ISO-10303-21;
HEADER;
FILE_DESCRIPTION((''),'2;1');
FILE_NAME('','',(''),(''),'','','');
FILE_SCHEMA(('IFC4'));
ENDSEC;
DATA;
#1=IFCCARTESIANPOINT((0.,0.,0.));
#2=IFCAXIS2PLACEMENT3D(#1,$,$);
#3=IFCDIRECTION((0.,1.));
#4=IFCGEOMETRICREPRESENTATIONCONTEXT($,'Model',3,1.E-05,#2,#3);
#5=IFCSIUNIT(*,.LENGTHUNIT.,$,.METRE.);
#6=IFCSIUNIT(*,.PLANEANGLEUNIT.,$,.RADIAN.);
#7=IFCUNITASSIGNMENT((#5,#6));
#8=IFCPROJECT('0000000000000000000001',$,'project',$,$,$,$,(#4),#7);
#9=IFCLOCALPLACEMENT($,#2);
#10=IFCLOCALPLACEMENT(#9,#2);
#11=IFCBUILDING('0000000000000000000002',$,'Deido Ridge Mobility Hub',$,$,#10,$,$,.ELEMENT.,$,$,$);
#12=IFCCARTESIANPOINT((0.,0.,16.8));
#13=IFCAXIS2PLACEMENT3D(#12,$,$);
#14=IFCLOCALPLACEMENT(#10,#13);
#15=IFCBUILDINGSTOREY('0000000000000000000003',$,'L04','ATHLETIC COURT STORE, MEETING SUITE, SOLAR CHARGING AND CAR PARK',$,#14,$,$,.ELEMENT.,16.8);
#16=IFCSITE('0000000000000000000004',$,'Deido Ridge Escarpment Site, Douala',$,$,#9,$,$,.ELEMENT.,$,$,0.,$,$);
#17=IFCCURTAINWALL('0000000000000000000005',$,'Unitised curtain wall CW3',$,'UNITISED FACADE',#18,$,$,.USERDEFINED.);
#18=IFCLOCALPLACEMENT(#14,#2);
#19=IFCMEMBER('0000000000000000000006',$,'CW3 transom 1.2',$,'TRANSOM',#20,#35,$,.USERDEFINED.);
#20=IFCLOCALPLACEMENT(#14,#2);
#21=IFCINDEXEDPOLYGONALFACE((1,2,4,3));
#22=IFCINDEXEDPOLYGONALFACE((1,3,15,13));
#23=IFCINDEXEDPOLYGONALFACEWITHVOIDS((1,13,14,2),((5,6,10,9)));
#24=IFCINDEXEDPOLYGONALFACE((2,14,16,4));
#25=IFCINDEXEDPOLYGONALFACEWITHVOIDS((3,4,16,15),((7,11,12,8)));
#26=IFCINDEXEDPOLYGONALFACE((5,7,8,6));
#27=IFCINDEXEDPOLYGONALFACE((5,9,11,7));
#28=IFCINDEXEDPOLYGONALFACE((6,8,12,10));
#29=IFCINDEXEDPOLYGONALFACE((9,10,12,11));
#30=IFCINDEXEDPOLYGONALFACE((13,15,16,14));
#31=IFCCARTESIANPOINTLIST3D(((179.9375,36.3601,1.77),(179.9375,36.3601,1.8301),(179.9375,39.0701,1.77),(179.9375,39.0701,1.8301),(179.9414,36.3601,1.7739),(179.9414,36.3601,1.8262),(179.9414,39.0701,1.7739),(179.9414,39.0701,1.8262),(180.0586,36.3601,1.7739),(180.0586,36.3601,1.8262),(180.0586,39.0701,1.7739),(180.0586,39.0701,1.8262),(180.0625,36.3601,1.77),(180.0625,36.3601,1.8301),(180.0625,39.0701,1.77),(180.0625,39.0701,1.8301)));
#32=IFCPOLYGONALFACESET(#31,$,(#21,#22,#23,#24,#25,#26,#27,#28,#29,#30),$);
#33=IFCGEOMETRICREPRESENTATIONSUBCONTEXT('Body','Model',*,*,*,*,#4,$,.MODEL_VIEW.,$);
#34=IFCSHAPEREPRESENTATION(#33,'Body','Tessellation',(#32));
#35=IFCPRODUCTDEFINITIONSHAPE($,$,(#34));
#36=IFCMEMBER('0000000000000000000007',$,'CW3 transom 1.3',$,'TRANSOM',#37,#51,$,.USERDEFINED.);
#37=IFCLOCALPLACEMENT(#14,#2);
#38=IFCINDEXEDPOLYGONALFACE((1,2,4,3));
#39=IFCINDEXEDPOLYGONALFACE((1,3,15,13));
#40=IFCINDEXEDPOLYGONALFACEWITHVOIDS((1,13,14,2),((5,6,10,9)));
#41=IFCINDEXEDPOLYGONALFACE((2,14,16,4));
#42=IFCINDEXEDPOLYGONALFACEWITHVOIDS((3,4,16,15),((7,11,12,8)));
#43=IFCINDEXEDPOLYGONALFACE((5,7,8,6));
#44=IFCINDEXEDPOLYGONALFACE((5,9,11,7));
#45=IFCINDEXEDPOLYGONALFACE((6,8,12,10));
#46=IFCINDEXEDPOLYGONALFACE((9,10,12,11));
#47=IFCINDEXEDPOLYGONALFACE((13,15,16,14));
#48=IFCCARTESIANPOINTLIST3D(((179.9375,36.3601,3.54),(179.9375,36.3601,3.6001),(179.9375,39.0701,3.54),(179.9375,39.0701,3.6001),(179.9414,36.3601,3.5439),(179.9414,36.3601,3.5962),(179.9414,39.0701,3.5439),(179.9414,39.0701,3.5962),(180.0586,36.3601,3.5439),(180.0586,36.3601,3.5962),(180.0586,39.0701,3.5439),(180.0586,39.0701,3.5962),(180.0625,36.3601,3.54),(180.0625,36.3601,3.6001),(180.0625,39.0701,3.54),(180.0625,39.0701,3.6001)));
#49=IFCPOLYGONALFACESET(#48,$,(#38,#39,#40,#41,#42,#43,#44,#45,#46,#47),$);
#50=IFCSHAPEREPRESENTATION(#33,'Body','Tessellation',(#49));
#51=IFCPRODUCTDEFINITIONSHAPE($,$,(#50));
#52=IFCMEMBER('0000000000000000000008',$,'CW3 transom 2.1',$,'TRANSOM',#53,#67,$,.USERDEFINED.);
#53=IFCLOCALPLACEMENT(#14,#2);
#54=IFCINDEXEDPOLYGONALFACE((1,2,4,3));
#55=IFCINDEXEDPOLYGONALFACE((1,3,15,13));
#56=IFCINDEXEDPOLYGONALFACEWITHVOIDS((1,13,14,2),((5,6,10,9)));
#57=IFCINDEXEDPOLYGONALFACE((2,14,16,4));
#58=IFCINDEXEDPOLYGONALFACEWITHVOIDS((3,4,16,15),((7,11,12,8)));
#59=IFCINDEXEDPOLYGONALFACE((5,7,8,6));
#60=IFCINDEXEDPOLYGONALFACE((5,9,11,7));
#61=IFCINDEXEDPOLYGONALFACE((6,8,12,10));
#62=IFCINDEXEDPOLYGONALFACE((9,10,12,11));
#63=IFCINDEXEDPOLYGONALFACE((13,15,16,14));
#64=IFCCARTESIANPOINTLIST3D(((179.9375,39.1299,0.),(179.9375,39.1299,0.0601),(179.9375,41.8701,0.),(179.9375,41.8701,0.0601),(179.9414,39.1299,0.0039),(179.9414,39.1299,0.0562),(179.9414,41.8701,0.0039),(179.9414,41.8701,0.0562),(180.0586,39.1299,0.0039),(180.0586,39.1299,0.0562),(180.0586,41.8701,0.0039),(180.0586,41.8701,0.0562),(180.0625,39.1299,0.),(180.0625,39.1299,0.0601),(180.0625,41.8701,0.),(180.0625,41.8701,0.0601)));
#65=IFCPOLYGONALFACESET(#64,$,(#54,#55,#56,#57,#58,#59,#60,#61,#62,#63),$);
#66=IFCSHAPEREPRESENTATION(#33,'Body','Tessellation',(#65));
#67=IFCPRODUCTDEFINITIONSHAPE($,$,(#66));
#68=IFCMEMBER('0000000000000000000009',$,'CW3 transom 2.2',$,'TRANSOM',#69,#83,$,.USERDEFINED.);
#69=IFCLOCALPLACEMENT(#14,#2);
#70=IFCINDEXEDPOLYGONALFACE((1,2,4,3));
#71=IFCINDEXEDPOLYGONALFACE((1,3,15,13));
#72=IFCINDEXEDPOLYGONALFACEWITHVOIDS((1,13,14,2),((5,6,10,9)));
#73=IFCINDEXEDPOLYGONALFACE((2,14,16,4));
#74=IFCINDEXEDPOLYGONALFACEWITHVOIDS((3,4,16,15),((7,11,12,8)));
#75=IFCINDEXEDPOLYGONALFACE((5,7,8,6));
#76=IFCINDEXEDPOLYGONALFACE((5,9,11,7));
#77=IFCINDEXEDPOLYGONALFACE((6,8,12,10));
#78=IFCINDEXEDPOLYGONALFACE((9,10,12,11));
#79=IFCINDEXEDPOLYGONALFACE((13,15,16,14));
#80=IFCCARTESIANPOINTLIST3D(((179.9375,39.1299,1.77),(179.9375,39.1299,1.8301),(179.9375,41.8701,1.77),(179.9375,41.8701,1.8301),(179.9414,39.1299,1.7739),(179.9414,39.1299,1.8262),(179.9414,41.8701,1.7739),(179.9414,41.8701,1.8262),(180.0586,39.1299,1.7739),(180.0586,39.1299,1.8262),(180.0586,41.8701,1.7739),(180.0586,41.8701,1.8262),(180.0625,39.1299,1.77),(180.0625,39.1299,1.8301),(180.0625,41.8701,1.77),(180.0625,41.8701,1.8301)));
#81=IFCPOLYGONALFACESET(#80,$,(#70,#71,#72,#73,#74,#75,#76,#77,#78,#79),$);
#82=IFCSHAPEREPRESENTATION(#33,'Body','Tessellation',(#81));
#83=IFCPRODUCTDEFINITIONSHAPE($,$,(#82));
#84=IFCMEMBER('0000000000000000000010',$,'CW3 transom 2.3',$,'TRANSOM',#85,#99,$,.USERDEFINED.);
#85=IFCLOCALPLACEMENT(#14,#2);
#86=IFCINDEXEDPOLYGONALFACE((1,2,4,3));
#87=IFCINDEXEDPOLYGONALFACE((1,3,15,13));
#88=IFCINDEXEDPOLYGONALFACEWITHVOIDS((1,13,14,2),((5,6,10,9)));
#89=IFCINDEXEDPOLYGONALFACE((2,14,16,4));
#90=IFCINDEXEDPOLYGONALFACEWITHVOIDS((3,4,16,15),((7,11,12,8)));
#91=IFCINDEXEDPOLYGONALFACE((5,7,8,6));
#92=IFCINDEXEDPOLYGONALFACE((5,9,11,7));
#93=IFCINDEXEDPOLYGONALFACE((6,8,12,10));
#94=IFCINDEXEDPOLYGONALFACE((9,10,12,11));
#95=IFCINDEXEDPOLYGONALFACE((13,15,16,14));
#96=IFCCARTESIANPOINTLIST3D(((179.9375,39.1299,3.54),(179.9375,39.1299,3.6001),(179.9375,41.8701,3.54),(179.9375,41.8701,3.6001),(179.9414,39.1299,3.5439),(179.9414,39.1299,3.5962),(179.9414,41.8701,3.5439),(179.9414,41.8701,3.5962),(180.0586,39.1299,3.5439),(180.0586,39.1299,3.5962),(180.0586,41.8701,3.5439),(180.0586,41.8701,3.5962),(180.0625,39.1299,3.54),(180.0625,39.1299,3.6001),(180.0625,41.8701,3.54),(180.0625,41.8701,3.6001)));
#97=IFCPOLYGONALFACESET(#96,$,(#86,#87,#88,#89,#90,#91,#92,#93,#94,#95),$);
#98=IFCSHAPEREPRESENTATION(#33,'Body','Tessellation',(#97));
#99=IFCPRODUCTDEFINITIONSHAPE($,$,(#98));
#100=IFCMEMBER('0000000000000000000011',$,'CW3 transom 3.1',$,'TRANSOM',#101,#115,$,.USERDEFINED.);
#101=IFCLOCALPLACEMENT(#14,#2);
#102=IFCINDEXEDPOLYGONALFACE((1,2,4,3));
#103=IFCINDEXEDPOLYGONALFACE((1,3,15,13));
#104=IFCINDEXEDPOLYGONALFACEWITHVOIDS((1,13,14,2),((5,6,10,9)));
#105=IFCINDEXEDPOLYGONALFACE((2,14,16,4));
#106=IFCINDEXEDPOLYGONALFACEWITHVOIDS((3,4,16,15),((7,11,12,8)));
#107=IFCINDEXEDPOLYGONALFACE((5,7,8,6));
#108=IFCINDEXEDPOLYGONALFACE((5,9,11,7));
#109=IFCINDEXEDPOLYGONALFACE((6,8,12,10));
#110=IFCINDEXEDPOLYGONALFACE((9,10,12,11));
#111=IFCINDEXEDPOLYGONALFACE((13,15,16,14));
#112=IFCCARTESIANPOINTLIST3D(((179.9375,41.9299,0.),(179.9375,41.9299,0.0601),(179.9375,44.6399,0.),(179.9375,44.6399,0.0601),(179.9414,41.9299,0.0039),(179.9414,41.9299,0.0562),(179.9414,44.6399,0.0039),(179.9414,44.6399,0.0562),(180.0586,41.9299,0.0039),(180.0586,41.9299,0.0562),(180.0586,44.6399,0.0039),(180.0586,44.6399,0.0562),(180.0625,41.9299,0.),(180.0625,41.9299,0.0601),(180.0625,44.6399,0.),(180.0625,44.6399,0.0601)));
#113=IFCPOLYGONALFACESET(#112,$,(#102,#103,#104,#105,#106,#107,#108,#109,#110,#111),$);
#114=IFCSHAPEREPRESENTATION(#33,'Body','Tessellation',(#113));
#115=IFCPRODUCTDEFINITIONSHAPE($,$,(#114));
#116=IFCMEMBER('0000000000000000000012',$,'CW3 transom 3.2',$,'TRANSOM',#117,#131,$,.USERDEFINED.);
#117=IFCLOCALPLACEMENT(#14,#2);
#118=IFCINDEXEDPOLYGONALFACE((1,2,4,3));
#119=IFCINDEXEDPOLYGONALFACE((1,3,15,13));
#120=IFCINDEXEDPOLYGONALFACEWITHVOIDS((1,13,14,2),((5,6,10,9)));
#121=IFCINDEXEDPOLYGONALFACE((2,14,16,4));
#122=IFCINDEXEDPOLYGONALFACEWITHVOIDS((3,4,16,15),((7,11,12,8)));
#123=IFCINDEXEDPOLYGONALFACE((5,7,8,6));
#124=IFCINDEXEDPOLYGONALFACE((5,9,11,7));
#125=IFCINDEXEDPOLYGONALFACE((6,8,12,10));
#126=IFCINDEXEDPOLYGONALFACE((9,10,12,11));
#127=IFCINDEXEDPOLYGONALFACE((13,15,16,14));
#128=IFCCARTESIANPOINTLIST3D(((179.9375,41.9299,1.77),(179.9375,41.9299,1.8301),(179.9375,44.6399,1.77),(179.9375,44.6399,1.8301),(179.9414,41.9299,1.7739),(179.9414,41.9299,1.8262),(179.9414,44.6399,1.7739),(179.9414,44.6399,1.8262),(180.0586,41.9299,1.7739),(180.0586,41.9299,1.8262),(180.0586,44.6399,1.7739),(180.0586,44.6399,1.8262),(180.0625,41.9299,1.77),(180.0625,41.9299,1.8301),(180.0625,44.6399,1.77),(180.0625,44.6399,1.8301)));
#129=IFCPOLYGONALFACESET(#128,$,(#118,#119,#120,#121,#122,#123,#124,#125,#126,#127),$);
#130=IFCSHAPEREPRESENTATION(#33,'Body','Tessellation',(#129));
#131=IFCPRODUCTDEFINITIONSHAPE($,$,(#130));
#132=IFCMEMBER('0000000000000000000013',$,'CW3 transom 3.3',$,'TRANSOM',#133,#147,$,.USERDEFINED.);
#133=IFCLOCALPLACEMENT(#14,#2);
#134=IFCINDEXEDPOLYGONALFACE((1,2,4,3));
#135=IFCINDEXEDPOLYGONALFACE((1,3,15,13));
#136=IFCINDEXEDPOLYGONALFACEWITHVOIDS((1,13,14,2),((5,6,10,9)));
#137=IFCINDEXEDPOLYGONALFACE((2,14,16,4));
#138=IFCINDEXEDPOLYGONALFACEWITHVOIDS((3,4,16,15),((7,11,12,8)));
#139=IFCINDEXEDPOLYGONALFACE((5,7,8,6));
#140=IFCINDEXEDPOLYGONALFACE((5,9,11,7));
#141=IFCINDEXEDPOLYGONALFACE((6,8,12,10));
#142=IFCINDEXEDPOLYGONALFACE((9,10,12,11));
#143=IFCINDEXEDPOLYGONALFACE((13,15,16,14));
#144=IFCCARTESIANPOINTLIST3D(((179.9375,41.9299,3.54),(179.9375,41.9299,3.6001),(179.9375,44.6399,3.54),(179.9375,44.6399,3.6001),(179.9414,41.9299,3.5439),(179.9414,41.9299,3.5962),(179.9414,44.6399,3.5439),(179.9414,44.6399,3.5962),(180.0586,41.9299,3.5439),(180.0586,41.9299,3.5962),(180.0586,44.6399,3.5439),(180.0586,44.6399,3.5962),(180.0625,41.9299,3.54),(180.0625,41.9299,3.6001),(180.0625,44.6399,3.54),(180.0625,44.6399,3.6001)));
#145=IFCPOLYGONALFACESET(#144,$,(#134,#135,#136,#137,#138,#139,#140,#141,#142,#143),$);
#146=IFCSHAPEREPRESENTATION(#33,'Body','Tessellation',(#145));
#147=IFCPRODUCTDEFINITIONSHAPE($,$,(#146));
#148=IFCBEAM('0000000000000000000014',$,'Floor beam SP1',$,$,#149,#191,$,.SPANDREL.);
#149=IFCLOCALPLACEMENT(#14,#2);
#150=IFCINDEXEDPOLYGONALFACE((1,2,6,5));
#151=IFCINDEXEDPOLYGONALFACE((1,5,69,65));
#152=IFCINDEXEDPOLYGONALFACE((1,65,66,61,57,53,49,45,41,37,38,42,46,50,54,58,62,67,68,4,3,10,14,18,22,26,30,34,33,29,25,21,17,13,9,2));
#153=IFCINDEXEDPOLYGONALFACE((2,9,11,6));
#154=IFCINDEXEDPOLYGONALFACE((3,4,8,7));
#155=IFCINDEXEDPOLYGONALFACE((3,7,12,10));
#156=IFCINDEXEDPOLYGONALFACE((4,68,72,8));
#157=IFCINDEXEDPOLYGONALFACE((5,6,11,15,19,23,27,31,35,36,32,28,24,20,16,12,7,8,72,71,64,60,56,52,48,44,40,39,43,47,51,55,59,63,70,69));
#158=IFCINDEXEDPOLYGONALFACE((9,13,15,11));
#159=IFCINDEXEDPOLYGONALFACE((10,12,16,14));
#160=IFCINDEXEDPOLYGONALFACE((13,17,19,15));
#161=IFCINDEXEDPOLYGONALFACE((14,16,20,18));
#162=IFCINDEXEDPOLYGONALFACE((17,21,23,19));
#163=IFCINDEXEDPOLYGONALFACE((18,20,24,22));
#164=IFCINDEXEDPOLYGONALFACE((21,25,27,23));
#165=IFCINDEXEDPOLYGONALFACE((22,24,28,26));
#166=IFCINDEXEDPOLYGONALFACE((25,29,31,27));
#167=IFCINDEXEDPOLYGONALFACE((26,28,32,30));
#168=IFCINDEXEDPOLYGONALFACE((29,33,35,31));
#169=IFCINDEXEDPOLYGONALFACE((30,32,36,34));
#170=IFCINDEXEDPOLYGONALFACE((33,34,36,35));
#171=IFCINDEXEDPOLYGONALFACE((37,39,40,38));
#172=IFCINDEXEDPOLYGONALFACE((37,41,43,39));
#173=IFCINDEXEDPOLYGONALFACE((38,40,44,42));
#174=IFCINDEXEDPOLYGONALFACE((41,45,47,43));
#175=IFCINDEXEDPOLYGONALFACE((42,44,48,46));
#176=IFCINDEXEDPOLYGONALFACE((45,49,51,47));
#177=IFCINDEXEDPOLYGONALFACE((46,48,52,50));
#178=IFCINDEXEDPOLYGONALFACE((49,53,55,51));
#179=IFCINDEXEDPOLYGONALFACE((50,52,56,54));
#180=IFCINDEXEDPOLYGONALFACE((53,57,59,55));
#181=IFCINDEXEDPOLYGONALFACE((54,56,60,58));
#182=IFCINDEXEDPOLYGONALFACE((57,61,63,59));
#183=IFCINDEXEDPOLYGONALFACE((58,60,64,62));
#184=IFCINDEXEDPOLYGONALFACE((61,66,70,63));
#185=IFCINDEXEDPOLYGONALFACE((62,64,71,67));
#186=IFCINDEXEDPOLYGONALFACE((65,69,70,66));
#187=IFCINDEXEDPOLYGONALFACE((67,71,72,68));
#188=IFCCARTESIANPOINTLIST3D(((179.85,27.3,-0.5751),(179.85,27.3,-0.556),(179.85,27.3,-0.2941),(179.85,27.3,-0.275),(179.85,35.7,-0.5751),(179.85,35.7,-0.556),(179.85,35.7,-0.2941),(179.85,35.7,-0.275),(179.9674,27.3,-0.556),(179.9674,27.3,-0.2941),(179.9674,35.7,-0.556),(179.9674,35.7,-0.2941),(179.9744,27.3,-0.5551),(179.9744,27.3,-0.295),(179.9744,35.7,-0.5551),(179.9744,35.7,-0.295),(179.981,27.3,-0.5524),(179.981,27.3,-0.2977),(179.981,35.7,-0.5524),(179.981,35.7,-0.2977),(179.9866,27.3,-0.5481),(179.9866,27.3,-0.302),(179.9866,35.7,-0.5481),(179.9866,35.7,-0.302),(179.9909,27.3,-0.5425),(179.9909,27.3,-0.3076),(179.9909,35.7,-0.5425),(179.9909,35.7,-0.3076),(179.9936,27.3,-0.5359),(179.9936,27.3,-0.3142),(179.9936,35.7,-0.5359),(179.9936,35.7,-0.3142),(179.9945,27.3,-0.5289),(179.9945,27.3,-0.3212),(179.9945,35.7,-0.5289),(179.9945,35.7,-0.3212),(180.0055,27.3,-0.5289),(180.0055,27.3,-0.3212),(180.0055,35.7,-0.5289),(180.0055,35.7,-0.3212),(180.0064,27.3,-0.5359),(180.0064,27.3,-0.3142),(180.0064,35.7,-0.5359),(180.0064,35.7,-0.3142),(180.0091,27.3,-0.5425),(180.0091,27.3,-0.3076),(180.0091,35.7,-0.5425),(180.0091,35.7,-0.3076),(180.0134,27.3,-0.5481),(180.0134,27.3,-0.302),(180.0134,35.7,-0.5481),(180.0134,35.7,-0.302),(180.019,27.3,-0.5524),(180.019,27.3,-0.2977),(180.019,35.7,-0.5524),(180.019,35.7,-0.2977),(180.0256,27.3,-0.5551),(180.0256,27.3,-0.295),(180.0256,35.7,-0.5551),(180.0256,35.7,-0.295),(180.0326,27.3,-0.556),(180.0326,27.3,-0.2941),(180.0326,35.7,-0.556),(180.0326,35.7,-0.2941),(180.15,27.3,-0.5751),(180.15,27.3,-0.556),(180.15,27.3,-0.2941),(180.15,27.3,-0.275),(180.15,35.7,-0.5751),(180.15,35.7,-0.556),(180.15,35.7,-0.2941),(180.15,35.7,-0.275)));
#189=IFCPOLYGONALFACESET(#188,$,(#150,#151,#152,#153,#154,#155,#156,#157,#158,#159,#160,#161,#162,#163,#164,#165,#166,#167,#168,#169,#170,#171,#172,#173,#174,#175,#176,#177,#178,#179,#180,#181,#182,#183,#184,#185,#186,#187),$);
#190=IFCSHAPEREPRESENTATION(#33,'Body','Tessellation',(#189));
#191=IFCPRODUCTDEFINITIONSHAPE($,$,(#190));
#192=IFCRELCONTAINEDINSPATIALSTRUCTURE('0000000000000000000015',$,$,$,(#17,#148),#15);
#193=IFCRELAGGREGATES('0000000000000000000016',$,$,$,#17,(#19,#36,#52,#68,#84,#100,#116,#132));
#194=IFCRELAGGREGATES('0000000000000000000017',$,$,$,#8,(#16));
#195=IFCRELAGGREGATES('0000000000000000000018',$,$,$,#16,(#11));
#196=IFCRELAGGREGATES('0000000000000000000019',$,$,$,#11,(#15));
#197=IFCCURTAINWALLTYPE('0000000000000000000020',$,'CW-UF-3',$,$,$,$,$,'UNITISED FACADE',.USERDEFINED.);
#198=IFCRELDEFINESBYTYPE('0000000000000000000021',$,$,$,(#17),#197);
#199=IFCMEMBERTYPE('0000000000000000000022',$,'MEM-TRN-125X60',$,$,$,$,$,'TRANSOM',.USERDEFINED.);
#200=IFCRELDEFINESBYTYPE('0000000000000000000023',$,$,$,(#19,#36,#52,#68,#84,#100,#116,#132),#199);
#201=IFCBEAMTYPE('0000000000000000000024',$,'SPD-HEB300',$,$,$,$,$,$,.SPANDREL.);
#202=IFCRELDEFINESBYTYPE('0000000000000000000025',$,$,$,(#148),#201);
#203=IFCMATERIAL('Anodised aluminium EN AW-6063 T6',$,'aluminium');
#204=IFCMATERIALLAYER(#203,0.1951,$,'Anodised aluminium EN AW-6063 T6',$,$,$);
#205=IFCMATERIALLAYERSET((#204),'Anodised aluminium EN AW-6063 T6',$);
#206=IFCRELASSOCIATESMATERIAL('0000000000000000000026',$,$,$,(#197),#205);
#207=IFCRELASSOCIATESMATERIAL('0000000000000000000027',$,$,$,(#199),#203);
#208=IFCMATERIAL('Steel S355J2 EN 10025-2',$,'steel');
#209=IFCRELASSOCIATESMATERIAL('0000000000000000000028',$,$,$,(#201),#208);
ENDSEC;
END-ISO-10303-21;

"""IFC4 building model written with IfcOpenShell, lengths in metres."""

from ifc_helpers import new_model, si_unit, direction, frame, origin, origin_2d, place, context, subcontext, project, spatial, hollow_rectangle, i_section, extrude, material, layer, layer_set, material_profile, profile_set, type_object, element, aggregate, save


model = new_model("IFC4")

# Units and contexts
model_context = context("Model", 3, precision=1e-05, world=origin(), true_north=direction((0.0, 1.0)))
body_context = subcontext(model_context, "Body", "Model", "MODEL_VIEW")
ifc_project = project(units=[si_unit("LENGTHUNIT", "METRE"), si_unit("PLANEANGLEUNIT", "RADIAN")], contexts=[model_context])

# Site, building, storey
site_placement = place(None, origin())
site = spatial("IfcSite", under=ifc_project, at=site_placement, Name="Deido Ridge Escarpment Site, Douala", CompositionType="ELEMENT", RefElevation=0.0)
building_placement = place(site_placement, origin())
building = spatial("IfcBuilding", under=site, at=building_placement, Name="Deido Ridge Mobility Hub", CompositionType="ELEMENT")
storey_placement = place(building_placement, frame((0.0, 0.0, 16.8)))
storey = spatial("IfcBuildingStorey", under=building, at=storey_placement, Name="L04", Description="ATHLETIC COURT STORE, MEETING SUITE, SOLAR CHARGING AND CAR PARK", CompositionType="ELEMENT", Elevation=16.8)

# Shared definitions
ifc_material_1 = material(Name="Steel S355J2 EN 10025-2", Category="steel")

# Curtain wall, members
ifc_material_2 = material(Name="Anodised aluminium EN AW-6063 T6", Category="aluminium")
ifc_layer_1 = layer(ifc_material_2, 0.1951, Name="Anodised aluminium EN AW-6063 T6")
ifc_layer_set_1 = layer_set([ifc_layer_1], Name="Anodised aluminium EN AW-6063 T6")
curtain_wall_type = type_object("IfcCurtainWallType", Name="CW-UF-3", ElementType="UNITISED FACADE", PredefinedType="USERDEFINED", material=ifc_layer_set_1)
curtain_wall_placement = place(storey_placement, origin())
curtain_wall = element("IfcCurtainWall", 1, at=curtain_wall_placement, inside=storey, type_object=curtain_wall_type, Name="Unitised curtain wall CW3", ObjectType="UNITISED FACADE", PredefinedType="USERDEFINED")
ifc_material_profile_1 = material_profile(ifc_material_2, hollow_rectangle(XDim=0.125, YDim=0.0601, WallThickness=0.0039, at=origin_2d()), Name="RHS 125x60x4")
ifc_profile_set_1 = profile_set([ifc_material_profile_1], Name="Anodised aluminium EN AW-6063 T6")
member_type_1 = type_object("IfcMemberType", Name="MEM-TRN-125X60", ElementType="TRANSOM", PredefinedType="USERDEFINED", material=ifc_profile_set_1)
member_1_placement = place(storey_placement, frame((180.0, 36.3601, 1.8), z_axis=(0.0, 1.0, 0.0), x_axis=(-1.0, 0.0, 0.0)))
member_1 = element("IfcMember", 2, at=member_1_placement, type_object=member_type_1, Name="CW3 transom 1.2", ObjectType="TRANSOM", PredefinedType="USERDEFINED", context=body_context, shape_type="SweptSolid", body=[
    extrude(hollow_rectangle(XDim=0.125, YDim=0.0601, WallThickness=0.0039, at=origin_2d()), origin(), (0.0, 0.0, 1.0), 2.71),
])
member_2_placement = place(storey_placement, frame((180.0, 36.3601, 3.5701), z_axis=(0.0, 1.0, 0.0), x_axis=(-1.0, 0.0, 0.0)))
member_2 = element("IfcMember", 3, at=member_2_placement, type_object=member_type_1, Name="CW3 transom 1.3", ObjectType="TRANSOM", PredefinedType="USERDEFINED", context=body_context, shape_type="SweptSolid", body=[
    extrude(hollow_rectangle(XDim=0.125, YDim=0.0601, WallThickness=0.0039, at=origin_2d()), origin(), (0.0, 0.0, 1.0), 2.71),
])
member_3_placement = place(storey_placement, frame((180.0, 39.1299, 0.03), z_axis=(0.0, 1.0, 0.0), x_axis=(-1.0, 0.0, 0.0)))
member_3 = element("IfcMember", 4, at=member_3_placement, type_object=member_type_1, Name="CW3 transom 2.1", ObjectType="TRANSOM", PredefinedType="USERDEFINED", context=body_context, shape_type="SweptSolid", body=[
    extrude(hollow_rectangle(XDim=0.125, YDim=0.0601, WallThickness=0.0039, at=origin_2d()), origin(), (0.0, 0.0, 1.0), 2.7402),
])
member_4_placement = place(storey_placement, frame((180.0, 39.1299, 1.8), z_axis=(0.0, 1.0, 0.0), x_axis=(-1.0, 0.0, 0.0)))
member_4 = element("IfcMember", 5, at=member_4_placement, type_object=member_type_1, Name="CW3 transom 2.2", ObjectType="TRANSOM", PredefinedType="USERDEFINED", context=body_context, shape_type="SweptSolid", body=[
    extrude(hollow_rectangle(XDim=0.125, YDim=0.0601, WallThickness=0.0039, at=origin_2d()), origin(), (0.0, 0.0, 1.0), 2.7402),
])
member_5_placement = place(storey_placement, frame((180.0, 39.1299, 3.5701), z_axis=(0.0, 1.0, 0.0), x_axis=(-1.0, 0.0, 0.0)))
member_5 = element("IfcMember", 6, at=member_5_placement, type_object=member_type_1, Name="CW3 transom 2.3", ObjectType="TRANSOM", PredefinedType="USERDEFINED", context=body_context, shape_type="SweptSolid", body=[
    extrude(hollow_rectangle(XDim=0.125, YDim=0.0601, WallThickness=0.0039, at=origin_2d()), origin(), (0.0, 0.0, 1.0), 2.7402),
])
member_6_placement = place(storey_placement, frame((180.0, 41.9299, 0.03), z_axis=(0.0, 1.0, 0.0), x_axis=(-1.0, 0.0, 0.0)))
member_6 = element("IfcMember", 7, at=member_6_placement, type_object=member_type_1, Name="CW3 transom 3.1", ObjectType="TRANSOM", PredefinedType="USERDEFINED", context=body_context, shape_type="SweptSolid", body=[
    extrude(hollow_rectangle(XDim=0.125, YDim=0.0601, WallThickness=0.0039, at=origin_2d()), origin(), (0.0, 0.0, 1.0), 2.71),
])
member_7_placement = place(storey_placement, frame((180.0, 41.9299, 1.8), z_axis=(0.0, 1.0, 0.0), x_axis=(-1.0, 0.0, 0.0)))
member_7 = element("IfcMember", 8, at=member_7_placement, type_object=member_type_1, Name="CW3 transom 3.2", ObjectType="TRANSOM", PredefinedType="USERDEFINED", context=body_context, shape_type="SweptSolid", body=[
    extrude(hollow_rectangle(XDim=0.125, YDim=0.0601, WallThickness=0.0039, at=origin_2d()), origin(), (0.0, 0.0, 1.0), 2.71),
])
member_8_placement = place(storey_placement, frame((180.0, 41.9299, 3.5701), z_axis=(0.0, 1.0, 0.0), x_axis=(-1.0, 0.0, 0.0)))
member_8 = element("IfcMember", 9, at=member_8_placement, type_object=member_type_1, Name="CW3 transom 3.3", ObjectType="TRANSOM", PredefinedType="USERDEFINED", context=body_context, shape_type="SweptSolid", body=[
    extrude(hollow_rectangle(XDim=0.125, YDim=0.0601, WallThickness=0.0039, at=origin_2d()), origin(), (0.0, 0.0, 1.0), 2.71),
])

# Beam
ifc_material_profile_2 = material_profile(ifc_material_1, i_section(OverallWidth=0.3, OverallDepth=0.3, WebThickness=0.011, FlangeThickness=0.019, FilletRadius=0.0271, at=origin_2d()), Name="HEB 300")
ifc_profile_set_2 = profile_set([ifc_material_profile_2], Name="Steel S355J2 EN 10025-2")
beam_type = type_object("IfcBeamType", Name="SPD-HEB300", PredefinedType="SPANDREL", material=ifc_profile_set_2)
for number, where, z_axis, x_axis, name in (
    (10, (180.0, 27.3, -0.425), (0.0, 1.0, 0.0), (-1.0, 0.0, 0.0), "Floor beam SP1"),
):
    element("IfcBeam", number, at=place(storey_placement, frame(where, z_axis=z_axis, x_axis=x_axis)), inside=storey, type_object=beam_type, Name=name, PredefinedType="SPANDREL", context=body_context, shape_type="SweptSolid", body=[
        extrude(i_section(OverallWidth=0.3, OverallDepth=0.3, WebThickness=0.011, FlangeThickness=0.019, FilletRadius=0.0271, at=origin_2d()), origin(), (0.0, 0.0, 1.0), 8.3999),
    ])

aggregate(curtain_wall, [member_1, member_2, member_3, member_4, member_5, member_6, member_7, member_8])

save(model, "model.ifc")
